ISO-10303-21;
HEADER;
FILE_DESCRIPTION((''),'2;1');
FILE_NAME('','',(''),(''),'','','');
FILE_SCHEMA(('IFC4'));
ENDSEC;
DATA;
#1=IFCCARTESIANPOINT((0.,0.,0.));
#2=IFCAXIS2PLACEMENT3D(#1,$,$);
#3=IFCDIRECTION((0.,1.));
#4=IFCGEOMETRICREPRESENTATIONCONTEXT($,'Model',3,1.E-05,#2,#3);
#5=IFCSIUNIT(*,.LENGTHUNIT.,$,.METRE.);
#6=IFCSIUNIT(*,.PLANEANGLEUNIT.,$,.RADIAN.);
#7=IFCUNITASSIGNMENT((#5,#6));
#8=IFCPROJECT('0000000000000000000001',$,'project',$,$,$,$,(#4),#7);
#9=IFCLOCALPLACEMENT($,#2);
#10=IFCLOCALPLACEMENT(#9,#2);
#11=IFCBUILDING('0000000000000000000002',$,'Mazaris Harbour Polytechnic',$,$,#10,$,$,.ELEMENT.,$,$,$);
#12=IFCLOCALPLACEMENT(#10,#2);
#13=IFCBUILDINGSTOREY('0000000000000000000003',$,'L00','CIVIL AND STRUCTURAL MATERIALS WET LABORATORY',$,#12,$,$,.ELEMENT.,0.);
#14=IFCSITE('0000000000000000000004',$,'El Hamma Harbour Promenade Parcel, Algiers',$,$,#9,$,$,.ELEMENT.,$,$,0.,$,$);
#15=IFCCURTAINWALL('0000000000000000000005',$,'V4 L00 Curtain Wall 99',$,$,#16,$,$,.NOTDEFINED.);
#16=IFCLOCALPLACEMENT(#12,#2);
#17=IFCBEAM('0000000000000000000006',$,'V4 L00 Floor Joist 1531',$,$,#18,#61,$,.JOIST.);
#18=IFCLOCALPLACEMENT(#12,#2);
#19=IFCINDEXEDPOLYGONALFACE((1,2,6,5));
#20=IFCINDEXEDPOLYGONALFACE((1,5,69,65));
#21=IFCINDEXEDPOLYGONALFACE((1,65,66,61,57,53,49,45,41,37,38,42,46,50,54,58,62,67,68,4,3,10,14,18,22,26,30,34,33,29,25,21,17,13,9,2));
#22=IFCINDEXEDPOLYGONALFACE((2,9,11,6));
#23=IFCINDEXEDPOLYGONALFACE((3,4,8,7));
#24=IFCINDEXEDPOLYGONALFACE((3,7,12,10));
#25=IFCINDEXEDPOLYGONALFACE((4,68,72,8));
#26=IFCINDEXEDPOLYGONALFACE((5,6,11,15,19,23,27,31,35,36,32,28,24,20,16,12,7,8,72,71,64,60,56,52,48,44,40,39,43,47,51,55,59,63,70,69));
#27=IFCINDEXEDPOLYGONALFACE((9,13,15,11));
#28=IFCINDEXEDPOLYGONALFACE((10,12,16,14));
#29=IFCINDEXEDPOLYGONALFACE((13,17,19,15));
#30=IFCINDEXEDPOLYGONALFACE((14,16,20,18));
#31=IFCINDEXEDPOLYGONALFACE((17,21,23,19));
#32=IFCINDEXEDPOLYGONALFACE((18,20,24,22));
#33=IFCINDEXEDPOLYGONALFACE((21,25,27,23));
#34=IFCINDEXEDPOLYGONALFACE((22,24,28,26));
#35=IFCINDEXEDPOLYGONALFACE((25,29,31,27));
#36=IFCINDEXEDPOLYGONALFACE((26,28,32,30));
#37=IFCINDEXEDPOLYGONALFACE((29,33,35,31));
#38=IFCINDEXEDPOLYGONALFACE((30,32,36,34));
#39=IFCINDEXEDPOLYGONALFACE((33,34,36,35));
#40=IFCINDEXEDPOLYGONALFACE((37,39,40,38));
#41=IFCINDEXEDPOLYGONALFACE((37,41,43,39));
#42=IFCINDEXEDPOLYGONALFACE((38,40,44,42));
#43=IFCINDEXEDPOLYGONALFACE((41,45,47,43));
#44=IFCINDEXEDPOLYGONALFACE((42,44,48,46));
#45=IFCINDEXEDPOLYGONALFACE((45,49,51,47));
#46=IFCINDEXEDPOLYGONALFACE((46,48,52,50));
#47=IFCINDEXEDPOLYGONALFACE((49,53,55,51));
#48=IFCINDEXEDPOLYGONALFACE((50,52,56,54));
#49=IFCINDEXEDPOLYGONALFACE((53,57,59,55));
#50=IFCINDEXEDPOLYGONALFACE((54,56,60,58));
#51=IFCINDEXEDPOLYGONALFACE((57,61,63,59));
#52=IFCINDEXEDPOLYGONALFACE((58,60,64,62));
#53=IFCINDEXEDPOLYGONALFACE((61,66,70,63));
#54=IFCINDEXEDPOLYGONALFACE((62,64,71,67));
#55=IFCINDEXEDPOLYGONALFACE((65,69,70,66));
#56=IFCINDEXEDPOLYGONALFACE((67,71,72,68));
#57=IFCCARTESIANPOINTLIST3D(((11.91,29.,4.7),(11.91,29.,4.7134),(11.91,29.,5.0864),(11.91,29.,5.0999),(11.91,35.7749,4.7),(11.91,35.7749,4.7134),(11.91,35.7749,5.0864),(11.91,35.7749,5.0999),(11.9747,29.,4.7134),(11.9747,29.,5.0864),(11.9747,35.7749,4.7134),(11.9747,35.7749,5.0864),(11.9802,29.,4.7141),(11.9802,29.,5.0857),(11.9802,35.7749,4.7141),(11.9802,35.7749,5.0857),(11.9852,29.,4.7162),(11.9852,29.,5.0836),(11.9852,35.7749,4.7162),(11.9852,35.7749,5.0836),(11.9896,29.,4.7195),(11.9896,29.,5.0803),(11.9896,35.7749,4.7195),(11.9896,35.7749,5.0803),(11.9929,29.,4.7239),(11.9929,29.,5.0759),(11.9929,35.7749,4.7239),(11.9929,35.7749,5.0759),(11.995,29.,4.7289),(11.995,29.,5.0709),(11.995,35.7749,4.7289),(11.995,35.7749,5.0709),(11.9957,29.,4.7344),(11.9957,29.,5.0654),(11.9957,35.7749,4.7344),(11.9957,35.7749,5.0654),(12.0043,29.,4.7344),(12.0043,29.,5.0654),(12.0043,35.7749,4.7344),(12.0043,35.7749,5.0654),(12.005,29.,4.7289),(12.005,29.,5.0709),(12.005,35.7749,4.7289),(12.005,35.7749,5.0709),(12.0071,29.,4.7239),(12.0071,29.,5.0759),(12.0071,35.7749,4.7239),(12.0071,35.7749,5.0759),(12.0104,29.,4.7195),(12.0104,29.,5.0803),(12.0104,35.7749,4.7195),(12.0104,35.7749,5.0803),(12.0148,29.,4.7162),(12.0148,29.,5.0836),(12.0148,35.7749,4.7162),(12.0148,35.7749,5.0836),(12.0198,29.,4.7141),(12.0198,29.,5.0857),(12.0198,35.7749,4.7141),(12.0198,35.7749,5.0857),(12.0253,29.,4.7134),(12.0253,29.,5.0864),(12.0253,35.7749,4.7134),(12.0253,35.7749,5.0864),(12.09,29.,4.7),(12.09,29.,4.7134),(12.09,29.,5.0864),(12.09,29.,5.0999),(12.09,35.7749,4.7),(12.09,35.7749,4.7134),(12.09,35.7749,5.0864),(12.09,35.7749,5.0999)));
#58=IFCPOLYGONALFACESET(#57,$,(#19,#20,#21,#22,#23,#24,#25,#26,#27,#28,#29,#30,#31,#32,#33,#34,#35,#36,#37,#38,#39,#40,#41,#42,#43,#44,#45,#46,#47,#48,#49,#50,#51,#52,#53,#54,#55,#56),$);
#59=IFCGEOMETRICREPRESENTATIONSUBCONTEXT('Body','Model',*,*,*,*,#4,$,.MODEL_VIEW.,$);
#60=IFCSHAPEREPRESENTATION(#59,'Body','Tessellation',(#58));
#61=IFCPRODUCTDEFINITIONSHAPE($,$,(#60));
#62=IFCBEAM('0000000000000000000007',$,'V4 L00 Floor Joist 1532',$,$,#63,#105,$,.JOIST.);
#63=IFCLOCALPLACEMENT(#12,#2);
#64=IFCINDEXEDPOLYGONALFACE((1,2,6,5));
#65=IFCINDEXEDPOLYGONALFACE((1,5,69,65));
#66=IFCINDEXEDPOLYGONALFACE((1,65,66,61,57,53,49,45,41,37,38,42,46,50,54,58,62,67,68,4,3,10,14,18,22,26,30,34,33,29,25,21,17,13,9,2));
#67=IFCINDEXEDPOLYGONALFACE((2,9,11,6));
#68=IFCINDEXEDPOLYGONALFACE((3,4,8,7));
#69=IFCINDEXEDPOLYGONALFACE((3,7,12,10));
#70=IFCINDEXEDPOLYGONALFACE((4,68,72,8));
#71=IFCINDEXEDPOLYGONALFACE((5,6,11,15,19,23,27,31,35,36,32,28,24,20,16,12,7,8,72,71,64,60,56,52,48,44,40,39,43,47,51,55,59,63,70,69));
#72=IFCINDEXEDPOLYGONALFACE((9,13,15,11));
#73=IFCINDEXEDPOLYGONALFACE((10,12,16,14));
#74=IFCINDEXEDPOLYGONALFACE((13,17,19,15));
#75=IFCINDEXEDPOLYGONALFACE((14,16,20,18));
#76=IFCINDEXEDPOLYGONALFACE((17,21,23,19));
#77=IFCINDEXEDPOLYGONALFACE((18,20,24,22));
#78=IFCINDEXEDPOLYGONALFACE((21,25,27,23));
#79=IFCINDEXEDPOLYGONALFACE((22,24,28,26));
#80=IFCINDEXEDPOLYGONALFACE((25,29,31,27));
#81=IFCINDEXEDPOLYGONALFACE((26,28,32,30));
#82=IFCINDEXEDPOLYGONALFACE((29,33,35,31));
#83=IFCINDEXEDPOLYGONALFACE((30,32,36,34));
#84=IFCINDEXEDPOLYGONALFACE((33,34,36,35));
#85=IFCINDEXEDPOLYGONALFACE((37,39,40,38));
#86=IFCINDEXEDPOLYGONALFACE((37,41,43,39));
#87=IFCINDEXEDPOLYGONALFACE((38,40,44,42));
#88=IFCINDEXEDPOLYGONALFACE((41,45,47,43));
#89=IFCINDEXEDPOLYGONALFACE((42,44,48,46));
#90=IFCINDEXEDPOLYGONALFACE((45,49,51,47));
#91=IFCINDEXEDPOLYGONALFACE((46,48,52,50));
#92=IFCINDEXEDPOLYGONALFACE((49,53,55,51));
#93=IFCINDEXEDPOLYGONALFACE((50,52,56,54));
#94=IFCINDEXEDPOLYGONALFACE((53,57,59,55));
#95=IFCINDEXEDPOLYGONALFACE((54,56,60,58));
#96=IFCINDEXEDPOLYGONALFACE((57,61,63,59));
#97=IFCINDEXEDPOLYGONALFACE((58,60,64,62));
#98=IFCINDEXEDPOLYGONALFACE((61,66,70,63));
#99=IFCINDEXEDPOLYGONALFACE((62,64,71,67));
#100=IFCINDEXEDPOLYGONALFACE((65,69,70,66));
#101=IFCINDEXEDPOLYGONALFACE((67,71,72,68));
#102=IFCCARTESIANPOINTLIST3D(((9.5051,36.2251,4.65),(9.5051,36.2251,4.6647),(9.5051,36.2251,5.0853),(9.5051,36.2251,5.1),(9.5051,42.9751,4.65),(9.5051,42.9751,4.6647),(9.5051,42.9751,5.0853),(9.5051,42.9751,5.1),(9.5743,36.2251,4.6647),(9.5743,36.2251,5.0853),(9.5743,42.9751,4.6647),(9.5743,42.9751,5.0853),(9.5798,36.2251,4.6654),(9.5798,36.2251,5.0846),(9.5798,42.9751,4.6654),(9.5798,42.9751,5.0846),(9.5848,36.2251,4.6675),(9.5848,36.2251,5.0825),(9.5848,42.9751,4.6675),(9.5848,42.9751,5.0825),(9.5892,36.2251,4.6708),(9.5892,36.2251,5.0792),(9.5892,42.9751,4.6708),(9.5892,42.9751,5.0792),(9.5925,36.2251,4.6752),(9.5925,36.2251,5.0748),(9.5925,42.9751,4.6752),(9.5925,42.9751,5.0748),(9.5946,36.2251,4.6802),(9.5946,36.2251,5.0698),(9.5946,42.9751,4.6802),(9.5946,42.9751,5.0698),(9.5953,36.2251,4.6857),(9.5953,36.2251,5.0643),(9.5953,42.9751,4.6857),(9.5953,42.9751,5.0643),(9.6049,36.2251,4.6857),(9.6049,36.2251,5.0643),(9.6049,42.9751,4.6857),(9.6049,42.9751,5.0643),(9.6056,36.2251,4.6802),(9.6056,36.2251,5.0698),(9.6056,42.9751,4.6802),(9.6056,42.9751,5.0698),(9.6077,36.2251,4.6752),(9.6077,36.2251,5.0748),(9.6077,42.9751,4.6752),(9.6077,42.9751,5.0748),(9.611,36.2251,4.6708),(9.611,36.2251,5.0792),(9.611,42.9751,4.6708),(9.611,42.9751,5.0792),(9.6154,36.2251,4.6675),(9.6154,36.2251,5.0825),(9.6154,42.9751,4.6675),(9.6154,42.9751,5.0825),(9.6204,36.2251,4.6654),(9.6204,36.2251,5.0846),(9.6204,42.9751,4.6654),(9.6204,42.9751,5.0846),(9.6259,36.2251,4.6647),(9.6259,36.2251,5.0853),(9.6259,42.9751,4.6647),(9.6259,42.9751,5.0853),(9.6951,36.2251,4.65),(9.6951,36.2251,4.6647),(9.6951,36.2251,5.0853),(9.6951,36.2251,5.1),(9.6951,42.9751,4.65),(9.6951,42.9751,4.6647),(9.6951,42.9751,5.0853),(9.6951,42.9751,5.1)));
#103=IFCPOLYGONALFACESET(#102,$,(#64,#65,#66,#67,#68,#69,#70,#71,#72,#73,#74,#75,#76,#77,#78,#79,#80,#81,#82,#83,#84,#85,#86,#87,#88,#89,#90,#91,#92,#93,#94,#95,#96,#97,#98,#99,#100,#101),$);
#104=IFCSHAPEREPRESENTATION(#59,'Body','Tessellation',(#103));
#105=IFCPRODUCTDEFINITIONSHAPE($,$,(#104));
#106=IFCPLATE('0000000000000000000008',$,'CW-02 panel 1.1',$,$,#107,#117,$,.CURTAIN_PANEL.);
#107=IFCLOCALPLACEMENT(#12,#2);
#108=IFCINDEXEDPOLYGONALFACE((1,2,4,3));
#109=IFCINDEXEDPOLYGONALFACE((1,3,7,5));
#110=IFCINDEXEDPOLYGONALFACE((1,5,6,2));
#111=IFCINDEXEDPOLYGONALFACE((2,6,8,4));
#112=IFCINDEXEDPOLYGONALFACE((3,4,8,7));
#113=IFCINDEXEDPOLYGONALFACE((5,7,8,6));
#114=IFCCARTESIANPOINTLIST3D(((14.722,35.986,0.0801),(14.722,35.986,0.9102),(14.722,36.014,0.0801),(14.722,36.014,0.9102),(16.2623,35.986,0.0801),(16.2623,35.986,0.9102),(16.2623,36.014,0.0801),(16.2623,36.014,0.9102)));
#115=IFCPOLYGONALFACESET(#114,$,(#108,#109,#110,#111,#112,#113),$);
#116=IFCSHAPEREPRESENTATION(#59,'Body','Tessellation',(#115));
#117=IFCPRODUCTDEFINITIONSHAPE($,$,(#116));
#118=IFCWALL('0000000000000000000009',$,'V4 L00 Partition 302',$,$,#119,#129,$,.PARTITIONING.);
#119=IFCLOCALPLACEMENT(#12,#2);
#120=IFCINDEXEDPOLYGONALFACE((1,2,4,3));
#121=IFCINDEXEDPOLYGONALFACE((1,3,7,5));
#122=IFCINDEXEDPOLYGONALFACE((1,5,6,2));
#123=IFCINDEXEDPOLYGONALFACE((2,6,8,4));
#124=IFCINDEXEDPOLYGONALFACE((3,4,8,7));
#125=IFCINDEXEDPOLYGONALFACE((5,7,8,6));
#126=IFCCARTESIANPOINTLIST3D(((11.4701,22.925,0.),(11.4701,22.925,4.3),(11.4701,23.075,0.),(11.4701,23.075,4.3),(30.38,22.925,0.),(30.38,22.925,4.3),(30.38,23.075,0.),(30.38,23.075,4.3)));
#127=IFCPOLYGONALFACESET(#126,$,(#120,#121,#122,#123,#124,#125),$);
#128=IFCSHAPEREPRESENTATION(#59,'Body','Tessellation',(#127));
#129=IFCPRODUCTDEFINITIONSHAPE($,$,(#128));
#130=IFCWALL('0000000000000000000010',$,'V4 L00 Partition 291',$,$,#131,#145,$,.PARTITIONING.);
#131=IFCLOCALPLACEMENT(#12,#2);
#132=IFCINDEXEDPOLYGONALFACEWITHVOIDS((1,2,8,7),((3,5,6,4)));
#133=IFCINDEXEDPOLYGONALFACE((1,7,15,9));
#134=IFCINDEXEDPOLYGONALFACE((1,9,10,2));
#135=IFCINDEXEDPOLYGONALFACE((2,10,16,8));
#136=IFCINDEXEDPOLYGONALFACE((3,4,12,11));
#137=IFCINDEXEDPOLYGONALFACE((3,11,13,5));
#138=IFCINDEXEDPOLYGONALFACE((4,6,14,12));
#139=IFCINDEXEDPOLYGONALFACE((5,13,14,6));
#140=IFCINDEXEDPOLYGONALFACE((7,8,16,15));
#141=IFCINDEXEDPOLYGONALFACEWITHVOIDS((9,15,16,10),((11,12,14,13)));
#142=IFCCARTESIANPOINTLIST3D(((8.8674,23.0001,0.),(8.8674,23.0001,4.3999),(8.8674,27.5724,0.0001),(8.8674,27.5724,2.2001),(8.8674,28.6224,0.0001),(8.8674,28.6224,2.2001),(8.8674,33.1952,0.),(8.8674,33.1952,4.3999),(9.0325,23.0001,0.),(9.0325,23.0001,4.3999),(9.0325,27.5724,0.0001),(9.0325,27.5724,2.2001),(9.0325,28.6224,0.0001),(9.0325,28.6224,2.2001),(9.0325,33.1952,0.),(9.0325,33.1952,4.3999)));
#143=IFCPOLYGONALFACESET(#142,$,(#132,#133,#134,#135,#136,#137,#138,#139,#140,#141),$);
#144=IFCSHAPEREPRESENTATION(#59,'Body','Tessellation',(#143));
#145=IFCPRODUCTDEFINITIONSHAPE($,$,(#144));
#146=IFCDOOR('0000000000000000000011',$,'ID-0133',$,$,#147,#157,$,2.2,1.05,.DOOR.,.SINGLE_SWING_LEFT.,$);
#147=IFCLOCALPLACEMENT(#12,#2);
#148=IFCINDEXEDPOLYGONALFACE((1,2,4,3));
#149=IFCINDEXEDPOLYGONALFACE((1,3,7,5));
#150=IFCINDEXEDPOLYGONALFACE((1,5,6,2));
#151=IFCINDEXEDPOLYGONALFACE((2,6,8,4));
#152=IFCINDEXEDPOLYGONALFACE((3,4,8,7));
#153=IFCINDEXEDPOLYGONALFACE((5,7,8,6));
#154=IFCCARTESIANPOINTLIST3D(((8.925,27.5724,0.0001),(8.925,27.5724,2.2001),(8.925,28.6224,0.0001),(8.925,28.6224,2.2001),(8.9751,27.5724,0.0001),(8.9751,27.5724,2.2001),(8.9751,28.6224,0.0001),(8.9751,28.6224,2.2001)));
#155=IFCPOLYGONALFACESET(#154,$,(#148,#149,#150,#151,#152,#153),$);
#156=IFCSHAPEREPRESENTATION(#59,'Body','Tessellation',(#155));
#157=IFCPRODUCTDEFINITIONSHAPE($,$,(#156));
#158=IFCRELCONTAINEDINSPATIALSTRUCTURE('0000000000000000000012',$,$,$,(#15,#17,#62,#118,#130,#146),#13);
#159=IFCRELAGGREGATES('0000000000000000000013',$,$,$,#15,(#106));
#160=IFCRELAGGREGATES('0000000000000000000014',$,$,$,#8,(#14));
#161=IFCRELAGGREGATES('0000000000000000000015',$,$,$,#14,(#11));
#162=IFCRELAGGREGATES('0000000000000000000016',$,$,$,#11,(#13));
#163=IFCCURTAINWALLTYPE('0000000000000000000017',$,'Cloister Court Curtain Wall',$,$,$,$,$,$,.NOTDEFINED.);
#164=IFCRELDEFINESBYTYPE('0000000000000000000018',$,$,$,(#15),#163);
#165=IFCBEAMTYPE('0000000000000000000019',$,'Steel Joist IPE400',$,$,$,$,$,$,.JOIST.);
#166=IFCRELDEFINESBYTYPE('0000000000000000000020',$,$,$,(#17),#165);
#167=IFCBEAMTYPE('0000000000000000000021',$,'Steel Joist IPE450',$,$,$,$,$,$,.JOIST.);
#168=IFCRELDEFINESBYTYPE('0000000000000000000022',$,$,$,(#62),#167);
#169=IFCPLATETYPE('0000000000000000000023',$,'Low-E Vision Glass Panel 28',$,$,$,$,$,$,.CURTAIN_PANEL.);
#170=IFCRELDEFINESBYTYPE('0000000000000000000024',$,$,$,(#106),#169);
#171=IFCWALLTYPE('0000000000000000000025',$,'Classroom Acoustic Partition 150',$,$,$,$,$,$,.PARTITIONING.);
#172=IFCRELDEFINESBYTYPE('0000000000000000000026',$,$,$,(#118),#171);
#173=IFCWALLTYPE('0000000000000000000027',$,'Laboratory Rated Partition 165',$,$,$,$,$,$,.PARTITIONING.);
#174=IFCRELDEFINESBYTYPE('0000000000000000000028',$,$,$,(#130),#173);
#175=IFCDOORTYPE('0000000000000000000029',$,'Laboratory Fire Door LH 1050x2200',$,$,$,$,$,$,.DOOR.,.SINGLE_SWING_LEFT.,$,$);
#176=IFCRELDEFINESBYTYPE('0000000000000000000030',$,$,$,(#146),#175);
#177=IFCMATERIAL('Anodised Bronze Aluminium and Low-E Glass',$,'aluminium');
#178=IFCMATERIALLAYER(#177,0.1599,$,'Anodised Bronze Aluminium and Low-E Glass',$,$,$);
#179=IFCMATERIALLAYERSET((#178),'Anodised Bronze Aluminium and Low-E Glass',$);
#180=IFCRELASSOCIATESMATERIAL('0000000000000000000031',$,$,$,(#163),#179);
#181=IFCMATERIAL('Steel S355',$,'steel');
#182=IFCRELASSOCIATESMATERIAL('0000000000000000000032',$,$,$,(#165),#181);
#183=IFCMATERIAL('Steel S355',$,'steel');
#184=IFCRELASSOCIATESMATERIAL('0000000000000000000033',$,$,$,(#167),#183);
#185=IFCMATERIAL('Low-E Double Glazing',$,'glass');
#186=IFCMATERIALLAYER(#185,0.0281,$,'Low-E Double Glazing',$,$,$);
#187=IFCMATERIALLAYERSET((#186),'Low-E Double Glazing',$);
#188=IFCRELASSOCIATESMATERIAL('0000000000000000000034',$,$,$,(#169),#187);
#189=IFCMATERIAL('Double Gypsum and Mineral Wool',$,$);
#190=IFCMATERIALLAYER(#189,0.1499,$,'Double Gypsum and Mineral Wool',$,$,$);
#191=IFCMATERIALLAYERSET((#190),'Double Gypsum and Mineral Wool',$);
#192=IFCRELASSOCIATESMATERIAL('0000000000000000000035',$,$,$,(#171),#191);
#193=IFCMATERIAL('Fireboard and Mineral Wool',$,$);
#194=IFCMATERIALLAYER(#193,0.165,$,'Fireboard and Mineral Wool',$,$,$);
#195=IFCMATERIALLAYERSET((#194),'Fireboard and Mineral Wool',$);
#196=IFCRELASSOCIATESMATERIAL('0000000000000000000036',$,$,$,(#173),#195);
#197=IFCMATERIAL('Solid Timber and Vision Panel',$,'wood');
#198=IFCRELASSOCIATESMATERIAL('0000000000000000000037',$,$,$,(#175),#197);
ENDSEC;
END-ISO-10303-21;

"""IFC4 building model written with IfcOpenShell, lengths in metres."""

from ifc_helpers import new_model, si_unit, direction, frame, frame_2d, origin, origin_2d, place, context, subcontext, project, spatial, rectangle, i_section, extrude, material, layer, layer_set, material_profile, profile_set, type_object, element, fill, aggregate, save


model = new_model("IFC4")

# Units and contexts
model_context = context("Model", 3, precision=1e-05, world=origin(), true_north=direction((0.0, 1.0)))
body_context = subcontext(model_context, "Body", "Model", "MODEL_VIEW")
ifc_project = project(units=[si_unit("LENGTHUNIT", "METRE"), si_unit("PLANEANGLEUNIT", "RADIAN")], contexts=[model_context])

# Site, building, storey
site_placement = place(None, origin())
site = spatial("IfcSite", under=ifc_project, at=site_placement, Name="El Hamma Harbour Promenade Parcel, Algiers", CompositionType="ELEMENT", RefElevation=0.0)
building_placement = place(site_placement, origin())
building = spatial("IfcBuilding", under=site, at=building_placement, Name="Mazaris Harbour Polytechnic", CompositionType="ELEMENT")
storey_placement = place(building_placement, origin())
storey = spatial("IfcBuildingStorey", under=building, at=storey_placement, Name="L00", Description="CIVIL AND STRUCTURAL MATERIALS WET LABORATORY", CompositionType="ELEMENT", Elevation=0.0)

# Curtain wall
ifc_material_1 = material(Name="Anodised Bronze Aluminium and Low-E Glass", Category="aluminium")
ifc_layer_1 = layer(ifc_material_1, 0.1599, Name="Anodised Bronze Aluminium and Low-E Glass")
ifc_layer_set_1 = layer_set([ifc_layer_1], Name="Anodised Bronze Aluminium and Low-E Glass")
curtain_wall_type = type_object("IfcCurtainWallType", Name="Cloister Court Curtain Wall", PredefinedType="NOTDEFINED", material=ifc_layer_set_1)
curtain_wall_1_placement = place(storey_placement, origin())
curtain_wall_1 = element("IfcCurtainWall", 1, at=curtain_wall_1_placement, inside=storey, type_object=curtain_wall_type, Name="V4 L00 Curtain Wall 99", PredefinedType="NOTDEFINED")

# Beams
ifc_material_2 = material(Name="Steel S355", Category="steel")
ifc_material_profile_1 = material_profile(ifc_material_2, i_section(OverallWidth=0.1799, OverallDepth=0.3999, WebThickness=0.0085, FlangeThickness=0.0134, FilletRadius=0.021, at=origin_2d()), Name="IPE 400")
ifc_profile_set_1 = profile_set([ifc_material_profile_1], Name="Steel S355")
beam_type_1 = type_object("IfcBeamType", Name="Steel Joist IPE400", PredefinedType="JOIST", material=ifc_profile_set_1)
beam_1_placement = place(storey_placement, frame((12.0, 29.0, 4.8999), z_axis=(0.0, 1.0, 0.0), x_axis=(-1.0, 0.0, 0.0)))
element("IfcBeam", 2, at=beam_1_placement, inside=storey, type_object=beam_type_1, Name="V4 L00 Floor Joist 1531", PredefinedType="JOIST", context=body_context, shape_type="SweptSolid", body=[
    extrude(i_section(OverallWidth=0.1799, OverallDepth=0.3999, WebThickness=0.0085, FlangeThickness=0.0134, FilletRadius=0.021, at=origin_2d()), origin(), (0.0, 0.0, 1.0), 6.7749),
])
ifc_material_3 = material(Name="Steel S355", Category="steel")
ifc_material_profile_2 = material_profile(ifc_material_3, i_section(OverallWidth=0.1899, OverallDepth=0.45, WebThickness=0.0095, FlangeThickness=0.0146, FilletRadius=0.021, at=origin_2d()), Name="IPE 450")
ifc_profile_set_2 = profile_set([ifc_material_profile_2], Name="Steel S355")
beam_type_2 = type_object("IfcBeamType", Name="Steel Joist IPE450", PredefinedType="JOIST", material=ifc_profile_set_2)
beam_2_placement = place(storey_placement, frame((9.6001, 36.2251, 4.875), z_axis=(0.0, 1.0, 0.0), x_axis=(-1.0, 0.0, 0.0)))
element("IfcBeam", 3, at=beam_2_placement, inside=storey, type_object=beam_type_2, Name="V4 L00 Floor Joist 1532", PredefinedType="JOIST", context=body_context, shape_type="SweptSolid", body=[
    extrude(i_section(OverallWidth=0.1899, OverallDepth=0.45, WebThickness=0.0095, FlangeThickness=0.0146, FilletRadius=0.021, at=origin_2d()), origin(), (0.0, 0.0, 1.0), 6.75),
])

# Plate
ifc_material_4 = material(Name="Low-E Double Glazing", Category="glass")
ifc_layer_2 = layer(ifc_material_4, 0.0281, Name="Low-E Double Glazing")
ifc_layer_set_2 = layer_set([ifc_layer_2], Name="Low-E Double Glazing")
plate_type = type_object("IfcPlateType", Name="Low-E Vision Glass Panel 28", PredefinedType="CURTAIN_PANEL", material=ifc_layer_set_2)
plate_placement = place(storey_placement, frame((15.4922, 36.0, 0.0801), z_axis=(0.0, 0.0, 1.0), x_axis=(1.0, 0.0, 0.0)))
plate = element("IfcPlate", 4, at=plate_placement, type_object=plate_type, Name="CW-02 panel 1.1", PredefinedType="CURTAIN_PANEL", context=body_context, shape_type="SweptSolid", body=[
    extrude(rectangle(XDim=1.5403, YDim=0.0281, at=origin_2d()), origin(), (0.0, 0.0, 1.0), 0.8301),
])
aggregate(curtain_wall_1, [plate])

# Wall
ifc_material_5 = material(Name="Double Gypsum and Mineral Wool")
ifc_layer_3 = layer(ifc_material_5, 0.1499, Name="Double Gypsum and Mineral Wool")
ifc_layer_set_3 = layer_set([ifc_layer_3], Name="Double Gypsum and Mineral Wool")
wall_type_1 = type_object("IfcWallType", Name="Classroom Acoustic Partition 150", PredefinedType="PARTITIONING", material=ifc_layer_set_3)
wall_1_placement = place(storey_placement, frame((11.47, 23.0, 0.0), z_axis=(0.0, 0.0, 1.0), x_axis=(1.0, 0.0, 0.0)))
element("IfcWall", 5, at=wall_1_placement, inside=storey, type_object=wall_type_1, Name="V4 L00 Partition 302", PredefinedType="PARTITIONING", context=body_context, shape_type="SweptSolid", body=[
    extrude(rectangle(XDim=18.9099, YDim=0.1499, at=frame_2d((9.4551, 0.0))), origin(), (0.0, 0.0, 1.0), 4.3),
])

# Wall, opening, door
ifc_material_6 = material(Name="Fireboard and Mineral Wool")
ifc_layer_4 = layer(ifc_material_6, 0.165, Name="Fireboard and Mineral Wool")
ifc_layer_set_4 = layer_set([ifc_layer_4], Name="Fireboard and Mineral Wool")
wall_type_2 = type_object("IfcWallType", Name="Laboratory Rated Partition 165", PredefinedType="PARTITIONING", material=ifc_layer_set_4)
wall_2_placement = place(storey_placement, frame((8.95, 23.0, 0.0), z_axis=(0.0, 0.0, 1.0), x_axis=(0.0, 1.0, 0.0)))
wall_2 = element("IfcWall", 6, at=wall_2_placement, inside=storey, type_object=wall_type_2, Name="V4 L00 Partition 291", PredefinedType="PARTITIONING", context=body_context, shape_type="SweptSolid", body=[
    extrude(rectangle(XDim=10.1951, YDim=0.165, at=frame_2d((5.0977, 0.0))), origin(), (0.0, 0.0, 1.0), 4.3999),
])
opening_1_placement = place(wall_2_placement, frame((4.5725, 0.0, 0.0)))
opening_1 = element("IfcOpeningElement", 7, at=opening_1_placement, cuts=wall_2, PredefinedType="OPENING", context=body_context, shape_type="SweptSolid", body=[
    extrude(rectangle(XDim=1.05, YDim=2.2, at=frame_2d((0.5249, 1.1001))), frame((0.0, 0.0925, 0.0), z_axis=(0.0, -1.0, 0.0), x_axis=(1.0, 0.0, 0.0)), (0.0, 0.0, 1.0), 0.1851),
])
ifc_material_7 = material(Name="Solid Timber and Vision Panel", Category="wood")
door_type_1 = type_object("IfcDoorType", Name="Laboratory Fire Door LH 1050x2200", OperationType="SINGLE_SWING_LEFT", PredefinedType="DOOR", material=ifc_material_7)
door_1_placement = place(opening_1_placement, origin())
door_1 = element("IfcDoor", 8, at=door_1_placement, inside=storey, type_object=door_type_1, Name="ID-0133", OperationType="SINGLE_SWING_LEFT", OverallHeight=2.2, OverallWidth=1.05, PredefinedType="DOOR", context=body_context, shape_type="SweptSolid", body=[
    extrude(rectangle(XDim=1.05, YDim=2.2, at=frame_2d((0.5249, 1.1001))), frame((0.0, 0.0249, 0.0), z_axis=(0.0, -1.0, 0.0), x_axis=(1.0, 0.0, 0.0)), (0.0, 0.0, 1.0), 0.05),
])
fill(opening_1, door_1)

save(model, "model.ifc")
